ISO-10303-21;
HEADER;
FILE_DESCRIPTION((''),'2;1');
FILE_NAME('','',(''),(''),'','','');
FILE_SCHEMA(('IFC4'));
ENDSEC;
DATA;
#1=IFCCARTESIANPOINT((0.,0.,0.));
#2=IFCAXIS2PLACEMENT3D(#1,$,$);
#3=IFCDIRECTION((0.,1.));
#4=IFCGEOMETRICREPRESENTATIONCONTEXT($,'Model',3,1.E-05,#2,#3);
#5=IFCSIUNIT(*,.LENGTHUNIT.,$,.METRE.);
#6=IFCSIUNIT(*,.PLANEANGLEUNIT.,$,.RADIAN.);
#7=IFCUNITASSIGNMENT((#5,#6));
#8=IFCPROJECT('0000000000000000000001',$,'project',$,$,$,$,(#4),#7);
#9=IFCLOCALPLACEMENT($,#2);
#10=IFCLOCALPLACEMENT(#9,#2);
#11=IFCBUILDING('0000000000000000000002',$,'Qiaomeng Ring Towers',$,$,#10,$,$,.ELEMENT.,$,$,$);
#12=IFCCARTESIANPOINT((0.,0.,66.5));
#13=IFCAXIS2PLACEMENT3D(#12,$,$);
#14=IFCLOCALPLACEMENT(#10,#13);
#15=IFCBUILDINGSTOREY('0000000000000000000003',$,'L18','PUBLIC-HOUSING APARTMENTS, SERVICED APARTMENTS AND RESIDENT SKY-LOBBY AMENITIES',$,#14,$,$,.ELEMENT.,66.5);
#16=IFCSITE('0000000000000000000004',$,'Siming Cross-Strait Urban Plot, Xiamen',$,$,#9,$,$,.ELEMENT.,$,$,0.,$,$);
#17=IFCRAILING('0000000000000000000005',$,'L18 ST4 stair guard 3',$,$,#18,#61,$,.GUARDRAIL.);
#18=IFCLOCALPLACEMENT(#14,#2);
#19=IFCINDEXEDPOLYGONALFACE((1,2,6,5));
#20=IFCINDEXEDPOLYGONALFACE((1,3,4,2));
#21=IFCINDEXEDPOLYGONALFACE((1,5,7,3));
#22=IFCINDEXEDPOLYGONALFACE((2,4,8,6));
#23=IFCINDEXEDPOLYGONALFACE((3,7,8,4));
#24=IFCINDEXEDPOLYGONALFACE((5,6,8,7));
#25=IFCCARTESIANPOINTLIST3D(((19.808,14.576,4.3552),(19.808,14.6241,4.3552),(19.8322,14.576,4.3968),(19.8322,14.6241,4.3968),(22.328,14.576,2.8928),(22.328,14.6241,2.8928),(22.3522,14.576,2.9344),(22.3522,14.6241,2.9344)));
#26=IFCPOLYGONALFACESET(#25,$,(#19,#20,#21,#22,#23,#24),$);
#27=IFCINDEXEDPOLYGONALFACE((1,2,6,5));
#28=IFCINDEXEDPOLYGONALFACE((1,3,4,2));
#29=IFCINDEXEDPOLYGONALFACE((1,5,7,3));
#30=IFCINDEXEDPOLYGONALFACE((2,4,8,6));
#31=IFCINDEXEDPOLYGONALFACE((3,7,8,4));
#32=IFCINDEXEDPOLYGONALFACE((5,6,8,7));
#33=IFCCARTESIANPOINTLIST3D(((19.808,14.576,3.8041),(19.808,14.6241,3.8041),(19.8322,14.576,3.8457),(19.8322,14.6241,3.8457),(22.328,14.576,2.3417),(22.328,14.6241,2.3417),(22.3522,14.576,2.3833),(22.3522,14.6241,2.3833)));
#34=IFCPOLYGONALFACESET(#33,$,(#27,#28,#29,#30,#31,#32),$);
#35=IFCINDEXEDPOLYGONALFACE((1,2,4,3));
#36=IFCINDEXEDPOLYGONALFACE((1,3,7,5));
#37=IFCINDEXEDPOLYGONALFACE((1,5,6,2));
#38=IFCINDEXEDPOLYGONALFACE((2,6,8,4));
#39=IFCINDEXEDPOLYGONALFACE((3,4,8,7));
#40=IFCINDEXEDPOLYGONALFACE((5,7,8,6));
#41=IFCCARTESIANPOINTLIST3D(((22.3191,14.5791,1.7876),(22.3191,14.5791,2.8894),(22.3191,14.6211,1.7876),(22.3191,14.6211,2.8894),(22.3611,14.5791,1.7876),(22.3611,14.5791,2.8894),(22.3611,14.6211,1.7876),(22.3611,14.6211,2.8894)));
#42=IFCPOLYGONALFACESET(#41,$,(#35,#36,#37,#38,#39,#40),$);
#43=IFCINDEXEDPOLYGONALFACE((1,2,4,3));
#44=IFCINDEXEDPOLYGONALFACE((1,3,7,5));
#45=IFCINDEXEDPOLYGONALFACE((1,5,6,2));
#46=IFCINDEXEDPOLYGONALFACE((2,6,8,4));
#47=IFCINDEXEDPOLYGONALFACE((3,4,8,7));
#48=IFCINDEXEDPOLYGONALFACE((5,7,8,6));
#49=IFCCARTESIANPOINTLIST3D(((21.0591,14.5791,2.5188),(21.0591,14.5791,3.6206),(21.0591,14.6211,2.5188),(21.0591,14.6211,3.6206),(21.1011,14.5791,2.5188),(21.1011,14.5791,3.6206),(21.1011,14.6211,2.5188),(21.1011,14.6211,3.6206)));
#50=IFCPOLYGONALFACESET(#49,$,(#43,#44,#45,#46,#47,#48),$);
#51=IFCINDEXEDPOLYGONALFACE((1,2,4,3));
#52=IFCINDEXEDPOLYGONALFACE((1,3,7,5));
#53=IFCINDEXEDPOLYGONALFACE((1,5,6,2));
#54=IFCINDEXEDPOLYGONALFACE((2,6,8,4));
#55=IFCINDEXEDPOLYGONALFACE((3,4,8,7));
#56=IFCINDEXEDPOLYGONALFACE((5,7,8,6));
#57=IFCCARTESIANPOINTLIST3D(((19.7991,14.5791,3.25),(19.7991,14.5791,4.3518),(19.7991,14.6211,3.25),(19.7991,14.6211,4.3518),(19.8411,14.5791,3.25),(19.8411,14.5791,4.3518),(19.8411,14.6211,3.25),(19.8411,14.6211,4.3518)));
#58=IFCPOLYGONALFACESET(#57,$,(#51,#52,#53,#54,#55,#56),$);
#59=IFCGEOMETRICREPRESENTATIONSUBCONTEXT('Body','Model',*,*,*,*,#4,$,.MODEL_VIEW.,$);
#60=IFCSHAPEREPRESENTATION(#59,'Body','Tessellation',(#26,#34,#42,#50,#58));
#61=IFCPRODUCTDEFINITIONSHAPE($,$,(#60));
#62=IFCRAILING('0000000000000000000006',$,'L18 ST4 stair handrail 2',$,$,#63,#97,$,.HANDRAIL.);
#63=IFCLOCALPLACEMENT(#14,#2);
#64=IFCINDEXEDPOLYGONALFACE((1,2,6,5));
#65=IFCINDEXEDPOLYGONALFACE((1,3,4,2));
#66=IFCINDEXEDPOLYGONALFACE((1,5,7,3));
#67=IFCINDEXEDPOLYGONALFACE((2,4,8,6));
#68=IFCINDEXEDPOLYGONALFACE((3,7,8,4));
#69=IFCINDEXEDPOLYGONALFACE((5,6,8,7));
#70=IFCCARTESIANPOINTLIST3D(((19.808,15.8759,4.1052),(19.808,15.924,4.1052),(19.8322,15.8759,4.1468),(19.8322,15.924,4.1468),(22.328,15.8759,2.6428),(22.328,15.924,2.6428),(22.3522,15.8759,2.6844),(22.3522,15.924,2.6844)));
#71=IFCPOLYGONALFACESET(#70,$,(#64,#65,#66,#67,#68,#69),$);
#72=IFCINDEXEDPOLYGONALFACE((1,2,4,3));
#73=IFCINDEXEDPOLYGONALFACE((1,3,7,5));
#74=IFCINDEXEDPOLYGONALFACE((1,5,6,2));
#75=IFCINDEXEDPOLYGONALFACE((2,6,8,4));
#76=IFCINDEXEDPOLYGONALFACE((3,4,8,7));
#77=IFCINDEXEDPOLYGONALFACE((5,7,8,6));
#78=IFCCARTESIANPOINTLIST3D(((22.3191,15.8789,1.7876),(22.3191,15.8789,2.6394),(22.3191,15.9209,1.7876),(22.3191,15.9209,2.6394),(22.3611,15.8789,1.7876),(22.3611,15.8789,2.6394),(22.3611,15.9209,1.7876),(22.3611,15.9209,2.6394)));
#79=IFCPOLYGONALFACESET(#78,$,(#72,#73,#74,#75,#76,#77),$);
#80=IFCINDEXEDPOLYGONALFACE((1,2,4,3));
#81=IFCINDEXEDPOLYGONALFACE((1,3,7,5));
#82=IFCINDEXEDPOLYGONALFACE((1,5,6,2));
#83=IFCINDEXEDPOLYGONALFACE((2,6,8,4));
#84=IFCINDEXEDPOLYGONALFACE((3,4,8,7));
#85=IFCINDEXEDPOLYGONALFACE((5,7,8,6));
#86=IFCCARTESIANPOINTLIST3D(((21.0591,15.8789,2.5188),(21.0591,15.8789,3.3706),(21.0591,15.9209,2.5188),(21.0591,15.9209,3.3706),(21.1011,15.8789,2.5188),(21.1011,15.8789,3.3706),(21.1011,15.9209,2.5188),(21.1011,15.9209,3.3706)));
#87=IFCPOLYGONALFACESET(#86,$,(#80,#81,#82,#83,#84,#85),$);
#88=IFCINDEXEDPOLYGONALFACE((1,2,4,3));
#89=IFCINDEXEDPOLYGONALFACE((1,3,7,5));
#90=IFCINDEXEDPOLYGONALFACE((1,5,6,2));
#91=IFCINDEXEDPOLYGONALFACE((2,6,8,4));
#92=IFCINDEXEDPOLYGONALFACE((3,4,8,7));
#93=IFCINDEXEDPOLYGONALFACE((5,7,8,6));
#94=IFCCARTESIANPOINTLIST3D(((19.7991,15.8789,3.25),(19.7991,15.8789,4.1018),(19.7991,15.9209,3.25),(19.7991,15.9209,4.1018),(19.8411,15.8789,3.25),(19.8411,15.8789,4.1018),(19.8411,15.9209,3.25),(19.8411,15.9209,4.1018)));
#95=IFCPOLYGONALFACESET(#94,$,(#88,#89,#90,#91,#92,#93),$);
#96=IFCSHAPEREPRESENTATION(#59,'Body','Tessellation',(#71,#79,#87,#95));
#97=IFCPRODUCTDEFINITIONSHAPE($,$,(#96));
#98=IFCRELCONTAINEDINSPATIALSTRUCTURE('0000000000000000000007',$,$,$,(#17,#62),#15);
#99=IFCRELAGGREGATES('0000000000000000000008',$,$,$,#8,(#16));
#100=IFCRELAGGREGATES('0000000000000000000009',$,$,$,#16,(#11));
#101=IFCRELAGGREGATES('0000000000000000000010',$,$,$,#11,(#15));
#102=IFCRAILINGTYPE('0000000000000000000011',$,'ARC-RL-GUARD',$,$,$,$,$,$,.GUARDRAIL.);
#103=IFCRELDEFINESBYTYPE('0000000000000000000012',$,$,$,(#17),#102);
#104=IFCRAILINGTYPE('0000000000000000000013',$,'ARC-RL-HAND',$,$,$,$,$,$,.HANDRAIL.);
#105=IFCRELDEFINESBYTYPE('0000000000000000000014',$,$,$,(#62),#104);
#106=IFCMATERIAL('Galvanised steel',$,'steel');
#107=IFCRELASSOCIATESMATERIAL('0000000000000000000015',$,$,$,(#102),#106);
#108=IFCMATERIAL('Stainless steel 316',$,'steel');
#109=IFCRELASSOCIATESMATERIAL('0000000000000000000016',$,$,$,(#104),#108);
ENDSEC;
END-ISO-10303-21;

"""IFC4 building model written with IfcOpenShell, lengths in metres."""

from ifc_helpers import new_model, si_unit, direction, frame, origin, origin_2d, place, context, subcontext, project, spatial, rectangle, extrude, material, type_object, element, save


model = new_model("IFC4")

# Units and contexts
model_context = context("Model", 3, precision=1e-05, world=origin(), true_north=direction((0.0, 1.0)))
body_context = subcontext(model_context, "Body", "Model", "MODEL_VIEW")
ifc_project = project(units=[si_unit("LENGTHUNIT", "METRE"), si_unit("PLANEANGLEUNIT", "RADIAN")], contexts=[model_context])

# Site, building, storey
site_placement = place(None, origin())
site = spatial("IfcSite", under=ifc_project, at=site_placement, Name="Siming Cross-Strait Urban Plot, Xiamen", CompositionType="ELEMENT", RefElevation=0.0)
building_placement = place(site_placement, origin())
building = spatial("IfcBuilding", under=site, at=building_placement, Name="Qiaomeng Ring Towers", CompositionType="ELEMENT")
storey_placement = place(building_placement, frame((0.0, 0.0, 66.5)))
storey = spatial("IfcBuildingStorey", under=building, at=storey_placement, Name="L18", Description="PUBLIC-HOUSING APARTMENTS, SERVICED APARTMENTS AND RESIDENT SKY-LOBBY AMENITIES", CompositionType="ELEMENT", Elevation=66.5)

# Shared definitions
ifc_material_1 = material(Name="Galvanised steel", Category="steel")

# Shared definitions
ifc_material_2 = material(Name="Stainless steel 316", Category="steel")

# Railings
railing_type_1 = type_object("IfcRailingType", Name="ARC-RL-GUARD", PredefinedType="GUARDRAIL", material=ifc_material_1)
railing_1_placement = place(storey_placement, frame((22.3401, 14.6001, 1.7876)))
element("IfcRailing", 1, at=railing_1_placement, inside=storey, type_object=railing_type_1, Name="L18 ST4 stair guard 3", PredefinedType="GUARDRAIL", context=body_context, shape_type="SweptSolid", body=[
    extrude(rectangle(XDim=0.0481, YDim=0.0481, at=origin_2d()), frame((0.0, 0.0, 1.126), z_axis=(-0.864913, 0.0, 0.501921), x_axis=(0.0, -1.0, 0.0)), (0.0, 0.0, 1.0), 2.9136),
    extrude(rectangle(XDim=0.0481, YDim=0.0481, at=origin_2d()), frame((0.0, 0.0, 0.575), z_axis=(-0.864913, 0.0, 0.501921), x_axis=(0.0, -1.0, 0.0)), (0.0, 0.0, 1.0), 2.9136),
    extrude(rectangle(XDim=0.042, YDim=0.042, at=origin_2d()), origin(), (0.0, 0.0, 1.0), 1.1018),
    extrude(rectangle(XDim=0.042, YDim=0.042, at=origin_2d()), frame((-1.26, 0.0, 0.7312)), (0.0, 0.0, 1.0), 1.1018),
    extrude(rectangle(XDim=0.042, YDim=0.042, at=origin_2d()), frame((-2.52, 0.0, 1.4624)), (0.0, 0.0, 1.0), 1.1018),
])
railing_type_2 = type_object("IfcRailingType", Name="ARC-RL-HAND", PredefinedType="HANDRAIL", material=ifc_material_2)
railing_2_placement = place(storey_placement, frame((22.3401, 15.8999, 1.7876)))
element("IfcRailing", 2, at=railing_2_placement, inside=storey, type_object=railing_type_2, Name="L18 ST4 stair handrail 2", PredefinedType="HANDRAIL", context=body_context, shape_type="SweptSolid", body=[
    extrude(rectangle(XDim=0.0481, YDim=0.0481, at=origin_2d()), frame((0.0, 0.0, 0.876), z_axis=(-0.864913, 0.0, 0.501921), x_axis=(0.0, -1.0, 0.0)), (0.0, 0.0, 1.0), 2.9136),
    extrude(rectangle(XDim=0.042, YDim=0.042, at=origin_2d()), origin(), (0.0, 0.0, 1.0), 0.8518),
    extrude(rectangle(XDim=0.042, YDim=0.042, at=origin_2d()), frame((-1.26, 0.0, 0.7312)), (0.0, 0.0, 1.0), 0.8518),
    extrude(rectangle(XDim=0.042, YDim=0.042, at=origin_2d()), frame((-2.52, 0.0, 1.4624)), (0.0, 0.0, 1.0), 0.8518),
])

save(model, "model.ifc")
